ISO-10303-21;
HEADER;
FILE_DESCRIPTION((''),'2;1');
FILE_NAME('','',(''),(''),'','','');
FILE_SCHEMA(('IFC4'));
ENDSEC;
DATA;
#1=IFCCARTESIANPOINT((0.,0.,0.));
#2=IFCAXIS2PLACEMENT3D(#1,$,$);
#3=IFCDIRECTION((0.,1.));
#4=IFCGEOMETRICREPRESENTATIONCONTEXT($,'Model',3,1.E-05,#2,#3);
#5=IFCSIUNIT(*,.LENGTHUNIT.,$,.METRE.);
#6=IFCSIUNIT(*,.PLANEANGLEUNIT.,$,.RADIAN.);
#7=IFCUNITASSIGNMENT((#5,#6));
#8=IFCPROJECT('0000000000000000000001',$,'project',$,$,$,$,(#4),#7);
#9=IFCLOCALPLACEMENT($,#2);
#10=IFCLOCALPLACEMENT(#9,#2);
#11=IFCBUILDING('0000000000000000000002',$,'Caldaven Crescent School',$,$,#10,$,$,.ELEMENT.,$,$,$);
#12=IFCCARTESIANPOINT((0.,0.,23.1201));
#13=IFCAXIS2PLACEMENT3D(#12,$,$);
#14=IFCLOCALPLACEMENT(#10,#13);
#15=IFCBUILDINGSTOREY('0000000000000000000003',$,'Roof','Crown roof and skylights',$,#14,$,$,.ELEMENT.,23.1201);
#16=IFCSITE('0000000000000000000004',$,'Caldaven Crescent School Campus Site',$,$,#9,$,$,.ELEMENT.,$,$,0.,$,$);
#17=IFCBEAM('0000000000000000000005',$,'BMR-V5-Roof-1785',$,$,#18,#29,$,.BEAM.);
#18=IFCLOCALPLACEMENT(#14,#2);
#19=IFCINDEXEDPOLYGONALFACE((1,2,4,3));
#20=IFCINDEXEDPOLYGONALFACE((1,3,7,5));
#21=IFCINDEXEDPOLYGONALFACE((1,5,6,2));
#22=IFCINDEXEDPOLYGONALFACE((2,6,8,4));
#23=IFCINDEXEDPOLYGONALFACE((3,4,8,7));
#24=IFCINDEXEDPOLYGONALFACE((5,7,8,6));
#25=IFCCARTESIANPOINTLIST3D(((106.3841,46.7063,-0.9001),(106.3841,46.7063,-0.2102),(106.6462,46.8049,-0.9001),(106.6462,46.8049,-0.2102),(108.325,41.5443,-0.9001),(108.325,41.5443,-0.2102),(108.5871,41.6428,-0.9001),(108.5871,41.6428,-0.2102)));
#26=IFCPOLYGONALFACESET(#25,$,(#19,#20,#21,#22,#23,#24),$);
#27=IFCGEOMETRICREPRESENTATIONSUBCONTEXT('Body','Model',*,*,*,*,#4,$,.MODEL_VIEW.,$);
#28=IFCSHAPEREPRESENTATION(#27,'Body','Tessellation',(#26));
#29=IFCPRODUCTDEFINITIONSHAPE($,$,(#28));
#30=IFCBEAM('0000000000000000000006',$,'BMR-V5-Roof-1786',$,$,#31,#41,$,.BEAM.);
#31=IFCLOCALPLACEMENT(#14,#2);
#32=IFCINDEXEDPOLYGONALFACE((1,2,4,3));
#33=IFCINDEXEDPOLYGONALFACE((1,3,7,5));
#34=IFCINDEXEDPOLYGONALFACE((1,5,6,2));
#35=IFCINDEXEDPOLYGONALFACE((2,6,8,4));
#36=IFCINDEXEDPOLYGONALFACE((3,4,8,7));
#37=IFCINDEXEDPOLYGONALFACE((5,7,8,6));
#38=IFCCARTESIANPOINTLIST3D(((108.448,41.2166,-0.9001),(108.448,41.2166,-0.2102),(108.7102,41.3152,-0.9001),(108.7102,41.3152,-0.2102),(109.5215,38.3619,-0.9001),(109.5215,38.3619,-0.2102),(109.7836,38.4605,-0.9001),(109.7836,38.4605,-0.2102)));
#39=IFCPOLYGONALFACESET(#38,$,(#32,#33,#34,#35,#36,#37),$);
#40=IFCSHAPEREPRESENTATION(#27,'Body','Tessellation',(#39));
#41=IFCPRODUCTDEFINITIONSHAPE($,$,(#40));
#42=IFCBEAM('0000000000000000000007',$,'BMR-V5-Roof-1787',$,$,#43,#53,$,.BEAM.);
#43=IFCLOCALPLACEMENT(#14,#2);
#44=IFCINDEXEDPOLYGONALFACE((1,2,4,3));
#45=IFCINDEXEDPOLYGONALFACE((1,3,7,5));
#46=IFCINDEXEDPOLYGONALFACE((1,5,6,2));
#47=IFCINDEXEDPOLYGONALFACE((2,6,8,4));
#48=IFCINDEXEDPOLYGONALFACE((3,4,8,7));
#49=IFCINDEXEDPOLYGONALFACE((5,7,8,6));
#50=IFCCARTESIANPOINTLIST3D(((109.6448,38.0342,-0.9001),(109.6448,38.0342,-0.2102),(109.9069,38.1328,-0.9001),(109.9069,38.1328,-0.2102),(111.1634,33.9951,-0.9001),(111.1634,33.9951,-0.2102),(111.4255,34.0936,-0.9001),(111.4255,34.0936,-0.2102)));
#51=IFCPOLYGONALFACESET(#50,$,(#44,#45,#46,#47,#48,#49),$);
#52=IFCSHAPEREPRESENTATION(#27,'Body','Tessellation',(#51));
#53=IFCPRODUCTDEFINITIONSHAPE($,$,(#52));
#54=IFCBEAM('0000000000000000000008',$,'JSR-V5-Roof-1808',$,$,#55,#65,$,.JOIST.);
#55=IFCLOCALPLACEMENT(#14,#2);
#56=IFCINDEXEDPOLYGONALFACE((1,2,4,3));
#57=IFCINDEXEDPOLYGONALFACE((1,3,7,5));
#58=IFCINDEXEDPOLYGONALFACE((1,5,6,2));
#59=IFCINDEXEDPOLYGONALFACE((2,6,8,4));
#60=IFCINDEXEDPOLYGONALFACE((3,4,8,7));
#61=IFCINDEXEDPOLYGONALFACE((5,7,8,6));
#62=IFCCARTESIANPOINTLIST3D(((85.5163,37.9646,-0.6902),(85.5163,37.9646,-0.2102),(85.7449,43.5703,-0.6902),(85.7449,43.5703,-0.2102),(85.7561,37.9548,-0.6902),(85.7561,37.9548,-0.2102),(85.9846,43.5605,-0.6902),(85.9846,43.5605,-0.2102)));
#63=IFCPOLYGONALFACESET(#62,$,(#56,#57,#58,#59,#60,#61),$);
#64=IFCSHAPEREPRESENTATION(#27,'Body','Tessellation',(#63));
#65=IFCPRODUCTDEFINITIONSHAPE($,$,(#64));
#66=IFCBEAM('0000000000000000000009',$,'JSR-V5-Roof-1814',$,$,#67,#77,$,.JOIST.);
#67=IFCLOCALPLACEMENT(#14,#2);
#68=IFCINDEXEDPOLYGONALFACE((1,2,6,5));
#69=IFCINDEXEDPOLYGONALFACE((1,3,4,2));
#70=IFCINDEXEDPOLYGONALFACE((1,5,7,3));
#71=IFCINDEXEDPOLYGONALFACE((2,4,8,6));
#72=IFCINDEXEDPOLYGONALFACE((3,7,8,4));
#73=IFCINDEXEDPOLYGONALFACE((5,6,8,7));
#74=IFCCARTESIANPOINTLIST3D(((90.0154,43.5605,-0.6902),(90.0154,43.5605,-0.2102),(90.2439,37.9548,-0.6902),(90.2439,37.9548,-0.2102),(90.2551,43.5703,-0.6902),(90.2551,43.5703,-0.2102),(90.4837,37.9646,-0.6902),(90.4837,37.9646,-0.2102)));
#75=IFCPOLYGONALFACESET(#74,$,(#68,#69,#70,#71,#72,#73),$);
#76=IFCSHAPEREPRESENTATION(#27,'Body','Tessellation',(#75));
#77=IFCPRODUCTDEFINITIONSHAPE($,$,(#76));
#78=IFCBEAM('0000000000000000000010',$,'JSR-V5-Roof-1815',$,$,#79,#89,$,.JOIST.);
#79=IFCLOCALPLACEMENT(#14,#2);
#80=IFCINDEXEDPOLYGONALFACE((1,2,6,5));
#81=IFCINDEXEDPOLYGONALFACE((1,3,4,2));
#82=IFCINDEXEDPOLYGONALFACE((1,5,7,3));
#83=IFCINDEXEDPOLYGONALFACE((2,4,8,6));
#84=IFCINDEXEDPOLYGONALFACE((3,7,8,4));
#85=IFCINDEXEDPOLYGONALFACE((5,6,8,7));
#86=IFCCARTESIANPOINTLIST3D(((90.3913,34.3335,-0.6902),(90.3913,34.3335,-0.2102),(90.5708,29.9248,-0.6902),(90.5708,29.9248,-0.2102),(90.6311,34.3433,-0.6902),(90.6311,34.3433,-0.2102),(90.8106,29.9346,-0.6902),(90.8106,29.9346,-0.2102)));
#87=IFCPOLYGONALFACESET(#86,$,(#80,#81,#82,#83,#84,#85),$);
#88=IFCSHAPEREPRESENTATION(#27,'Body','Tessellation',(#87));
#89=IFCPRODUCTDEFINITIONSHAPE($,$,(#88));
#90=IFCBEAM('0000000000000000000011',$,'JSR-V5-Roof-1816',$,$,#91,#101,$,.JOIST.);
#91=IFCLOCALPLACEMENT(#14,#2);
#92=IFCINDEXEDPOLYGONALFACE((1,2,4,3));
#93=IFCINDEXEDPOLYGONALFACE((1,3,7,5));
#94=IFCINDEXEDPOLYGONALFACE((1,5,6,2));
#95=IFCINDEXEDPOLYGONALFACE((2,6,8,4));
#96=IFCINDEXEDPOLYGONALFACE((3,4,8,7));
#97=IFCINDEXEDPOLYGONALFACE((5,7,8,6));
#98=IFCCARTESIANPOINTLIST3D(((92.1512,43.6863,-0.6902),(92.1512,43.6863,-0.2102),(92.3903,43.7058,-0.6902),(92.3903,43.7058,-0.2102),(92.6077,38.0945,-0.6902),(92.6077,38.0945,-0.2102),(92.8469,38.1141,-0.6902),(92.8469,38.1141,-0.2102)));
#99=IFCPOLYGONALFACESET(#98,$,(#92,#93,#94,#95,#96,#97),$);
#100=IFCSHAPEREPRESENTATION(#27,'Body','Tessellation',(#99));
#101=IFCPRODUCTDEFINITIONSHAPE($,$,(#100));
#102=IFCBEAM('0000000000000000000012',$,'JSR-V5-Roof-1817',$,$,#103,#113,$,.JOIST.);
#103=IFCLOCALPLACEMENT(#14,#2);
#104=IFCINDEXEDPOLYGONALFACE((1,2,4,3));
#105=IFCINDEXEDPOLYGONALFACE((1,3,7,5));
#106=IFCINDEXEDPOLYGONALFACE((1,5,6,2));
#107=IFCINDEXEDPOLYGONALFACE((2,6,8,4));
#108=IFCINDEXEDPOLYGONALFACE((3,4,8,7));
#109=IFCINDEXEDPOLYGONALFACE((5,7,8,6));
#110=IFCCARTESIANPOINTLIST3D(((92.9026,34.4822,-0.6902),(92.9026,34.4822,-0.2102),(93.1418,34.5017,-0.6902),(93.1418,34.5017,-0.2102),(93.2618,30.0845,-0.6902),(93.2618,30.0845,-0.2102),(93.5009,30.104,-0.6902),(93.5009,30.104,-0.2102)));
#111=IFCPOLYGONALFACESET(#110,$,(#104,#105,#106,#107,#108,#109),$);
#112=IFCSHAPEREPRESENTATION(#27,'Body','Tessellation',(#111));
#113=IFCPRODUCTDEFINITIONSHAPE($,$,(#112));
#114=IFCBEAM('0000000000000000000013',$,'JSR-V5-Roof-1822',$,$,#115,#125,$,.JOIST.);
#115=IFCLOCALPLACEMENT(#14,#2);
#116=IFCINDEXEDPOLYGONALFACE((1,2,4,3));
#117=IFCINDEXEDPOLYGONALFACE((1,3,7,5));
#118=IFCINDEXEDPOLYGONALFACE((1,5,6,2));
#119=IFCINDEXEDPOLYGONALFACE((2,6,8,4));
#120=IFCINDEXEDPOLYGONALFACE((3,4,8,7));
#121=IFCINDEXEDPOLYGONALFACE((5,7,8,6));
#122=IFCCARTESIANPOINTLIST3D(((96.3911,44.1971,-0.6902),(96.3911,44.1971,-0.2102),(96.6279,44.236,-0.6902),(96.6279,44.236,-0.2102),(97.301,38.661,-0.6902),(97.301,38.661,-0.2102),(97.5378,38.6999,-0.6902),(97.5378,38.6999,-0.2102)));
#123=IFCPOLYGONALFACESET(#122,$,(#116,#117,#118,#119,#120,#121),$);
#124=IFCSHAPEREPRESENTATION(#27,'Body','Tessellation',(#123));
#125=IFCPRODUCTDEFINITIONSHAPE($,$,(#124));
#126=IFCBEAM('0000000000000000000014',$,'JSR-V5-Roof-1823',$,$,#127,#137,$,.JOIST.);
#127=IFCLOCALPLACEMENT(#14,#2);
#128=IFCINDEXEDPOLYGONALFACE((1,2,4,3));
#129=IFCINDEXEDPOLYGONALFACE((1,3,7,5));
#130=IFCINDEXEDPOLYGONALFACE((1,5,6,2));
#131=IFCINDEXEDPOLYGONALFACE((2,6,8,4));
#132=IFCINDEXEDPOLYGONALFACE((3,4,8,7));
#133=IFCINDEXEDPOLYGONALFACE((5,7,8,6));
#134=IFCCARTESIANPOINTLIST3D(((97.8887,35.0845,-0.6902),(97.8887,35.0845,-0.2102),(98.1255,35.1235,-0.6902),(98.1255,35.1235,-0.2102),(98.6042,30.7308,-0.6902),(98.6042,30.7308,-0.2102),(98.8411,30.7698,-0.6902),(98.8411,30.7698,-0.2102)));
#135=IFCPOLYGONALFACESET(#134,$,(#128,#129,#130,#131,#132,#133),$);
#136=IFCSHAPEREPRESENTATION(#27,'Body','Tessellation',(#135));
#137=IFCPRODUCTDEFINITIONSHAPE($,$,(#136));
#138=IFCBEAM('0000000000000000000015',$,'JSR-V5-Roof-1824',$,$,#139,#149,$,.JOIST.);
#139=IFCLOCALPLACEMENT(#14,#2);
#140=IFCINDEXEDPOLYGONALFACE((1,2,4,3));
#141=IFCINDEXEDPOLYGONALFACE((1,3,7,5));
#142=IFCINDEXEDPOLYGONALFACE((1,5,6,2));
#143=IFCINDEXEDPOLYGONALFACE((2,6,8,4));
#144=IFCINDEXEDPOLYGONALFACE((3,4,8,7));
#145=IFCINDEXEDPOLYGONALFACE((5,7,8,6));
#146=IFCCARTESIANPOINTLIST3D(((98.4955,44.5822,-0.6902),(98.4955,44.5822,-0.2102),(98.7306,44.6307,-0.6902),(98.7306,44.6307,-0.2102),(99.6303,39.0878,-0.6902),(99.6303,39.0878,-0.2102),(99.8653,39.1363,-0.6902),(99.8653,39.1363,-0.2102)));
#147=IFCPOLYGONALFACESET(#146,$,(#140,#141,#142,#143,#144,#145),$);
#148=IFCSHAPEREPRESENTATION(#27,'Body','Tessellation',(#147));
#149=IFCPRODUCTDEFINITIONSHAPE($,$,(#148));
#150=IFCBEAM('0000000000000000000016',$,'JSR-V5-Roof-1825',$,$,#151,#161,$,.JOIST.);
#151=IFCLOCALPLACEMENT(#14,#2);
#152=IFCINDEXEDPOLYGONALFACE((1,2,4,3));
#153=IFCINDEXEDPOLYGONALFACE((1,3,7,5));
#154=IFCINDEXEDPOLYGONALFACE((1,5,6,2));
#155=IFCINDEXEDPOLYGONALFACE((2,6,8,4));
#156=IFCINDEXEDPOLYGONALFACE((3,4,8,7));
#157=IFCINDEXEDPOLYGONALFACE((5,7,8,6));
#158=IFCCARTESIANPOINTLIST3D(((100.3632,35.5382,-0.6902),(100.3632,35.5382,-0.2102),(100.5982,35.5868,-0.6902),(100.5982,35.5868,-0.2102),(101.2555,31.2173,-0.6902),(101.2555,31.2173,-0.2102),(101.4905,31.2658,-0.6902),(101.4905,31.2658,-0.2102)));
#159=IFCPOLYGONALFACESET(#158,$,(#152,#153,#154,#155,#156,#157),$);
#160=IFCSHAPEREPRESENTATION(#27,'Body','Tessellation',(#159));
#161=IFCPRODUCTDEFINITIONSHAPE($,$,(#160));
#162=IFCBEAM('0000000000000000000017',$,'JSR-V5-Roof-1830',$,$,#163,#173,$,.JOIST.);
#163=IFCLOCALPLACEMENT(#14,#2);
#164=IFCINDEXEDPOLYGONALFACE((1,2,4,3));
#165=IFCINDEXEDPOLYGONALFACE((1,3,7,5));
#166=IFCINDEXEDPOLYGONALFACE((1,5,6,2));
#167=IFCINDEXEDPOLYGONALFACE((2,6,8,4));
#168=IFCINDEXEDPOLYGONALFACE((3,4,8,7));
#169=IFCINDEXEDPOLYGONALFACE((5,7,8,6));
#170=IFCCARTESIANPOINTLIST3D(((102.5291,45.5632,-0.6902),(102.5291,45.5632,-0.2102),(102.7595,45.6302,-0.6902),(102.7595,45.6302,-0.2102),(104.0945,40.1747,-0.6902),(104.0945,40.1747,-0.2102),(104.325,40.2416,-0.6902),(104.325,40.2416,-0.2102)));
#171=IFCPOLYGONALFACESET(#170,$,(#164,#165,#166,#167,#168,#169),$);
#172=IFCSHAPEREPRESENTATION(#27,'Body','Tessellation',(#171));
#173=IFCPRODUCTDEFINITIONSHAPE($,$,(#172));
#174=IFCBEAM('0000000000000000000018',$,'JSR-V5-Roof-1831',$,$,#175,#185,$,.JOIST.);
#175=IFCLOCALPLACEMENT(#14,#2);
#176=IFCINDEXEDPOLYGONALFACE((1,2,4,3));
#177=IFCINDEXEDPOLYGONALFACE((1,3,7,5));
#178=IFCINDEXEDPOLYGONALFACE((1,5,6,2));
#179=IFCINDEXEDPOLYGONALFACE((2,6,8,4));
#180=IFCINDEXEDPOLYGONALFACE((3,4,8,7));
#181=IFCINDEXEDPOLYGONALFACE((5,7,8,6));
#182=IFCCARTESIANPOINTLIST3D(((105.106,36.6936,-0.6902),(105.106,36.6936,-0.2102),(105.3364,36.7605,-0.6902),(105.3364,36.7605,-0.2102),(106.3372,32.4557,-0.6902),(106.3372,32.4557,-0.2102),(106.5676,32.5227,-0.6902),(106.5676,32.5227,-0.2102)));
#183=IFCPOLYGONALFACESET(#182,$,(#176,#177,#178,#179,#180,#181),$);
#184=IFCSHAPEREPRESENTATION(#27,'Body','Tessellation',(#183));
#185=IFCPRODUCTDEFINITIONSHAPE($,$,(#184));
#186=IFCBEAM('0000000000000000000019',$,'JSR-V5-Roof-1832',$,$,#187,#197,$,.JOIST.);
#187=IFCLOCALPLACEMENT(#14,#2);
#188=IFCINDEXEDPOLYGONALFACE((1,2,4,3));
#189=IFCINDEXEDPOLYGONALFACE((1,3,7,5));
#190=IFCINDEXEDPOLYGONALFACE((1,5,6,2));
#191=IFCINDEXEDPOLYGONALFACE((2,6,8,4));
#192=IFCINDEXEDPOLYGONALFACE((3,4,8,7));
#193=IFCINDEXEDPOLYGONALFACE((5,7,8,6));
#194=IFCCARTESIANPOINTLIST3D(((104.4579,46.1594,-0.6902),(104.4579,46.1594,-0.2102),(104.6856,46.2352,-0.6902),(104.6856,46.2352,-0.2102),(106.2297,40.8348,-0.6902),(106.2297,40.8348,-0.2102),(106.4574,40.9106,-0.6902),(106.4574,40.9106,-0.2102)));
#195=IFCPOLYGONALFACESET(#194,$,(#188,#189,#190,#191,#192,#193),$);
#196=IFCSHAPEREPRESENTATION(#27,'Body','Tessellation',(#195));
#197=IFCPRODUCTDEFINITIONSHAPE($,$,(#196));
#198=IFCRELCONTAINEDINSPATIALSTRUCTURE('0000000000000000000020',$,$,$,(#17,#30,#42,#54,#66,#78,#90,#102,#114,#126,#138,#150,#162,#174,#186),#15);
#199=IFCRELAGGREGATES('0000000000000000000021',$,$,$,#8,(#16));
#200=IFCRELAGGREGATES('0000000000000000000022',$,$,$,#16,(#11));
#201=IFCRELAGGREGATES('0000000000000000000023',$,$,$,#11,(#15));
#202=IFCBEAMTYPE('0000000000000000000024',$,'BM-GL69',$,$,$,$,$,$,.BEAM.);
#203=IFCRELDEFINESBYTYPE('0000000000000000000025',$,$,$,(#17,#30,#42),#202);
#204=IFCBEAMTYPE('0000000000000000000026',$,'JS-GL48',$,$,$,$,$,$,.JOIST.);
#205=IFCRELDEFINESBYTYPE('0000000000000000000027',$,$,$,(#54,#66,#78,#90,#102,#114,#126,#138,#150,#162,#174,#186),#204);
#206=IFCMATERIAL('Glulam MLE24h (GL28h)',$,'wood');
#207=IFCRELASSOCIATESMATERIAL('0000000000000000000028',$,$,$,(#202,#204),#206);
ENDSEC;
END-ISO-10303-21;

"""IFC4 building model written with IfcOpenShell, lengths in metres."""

from ifc_helpers import new_model, si_unit, direction, frame, origin, origin_2d, place, context, subcontext, project, spatial, rectangle, extrude, material, material_profile, profile_set, type_object, element, save


model = new_model("IFC4")

# Units and contexts
model_context = context("Model", 3, precision=1e-05, world=origin(), true_north=direction((0.0, 1.0)))
body_context = subcontext(model_context, "Body", "Model", "MODEL_VIEW")
ifc_project = project(units=[si_unit("LENGTHUNIT", "METRE"), si_unit("PLANEANGLEUNIT", "RADIAN")], contexts=[model_context])

# Site, building, storey
site_placement = place(None, origin())
site = spatial("IfcSite", under=ifc_project, at=site_placement, Name="Caldaven Crescent School Campus Site", CompositionType="ELEMENT", RefElevation=0.0)
building_placement = place(site_placement, origin())
building = spatial("IfcBuilding", under=site, at=building_placement, Name="Caldaven Crescent School", CompositionType="ELEMENT")
storey_placement = place(building_placement, frame((0.0, 0.0, 23.1201)))
storey = spatial("IfcBuildingStorey", under=building, at=storey_placement, Name="Roof", Description="Crown roof and skylights", CompositionType="ELEMENT", Elevation=23.1201)

# Beams
ifc_material = material(Name="Glulam MLE24h (GL28h)", Category="wood")
ifc_material_profile_1 = material_profile(ifc_material, rectangle(XDim=0.28, YDim=0.6899, at=origin_2d()), Name="MLE 280x690")
ifc_profile_set_1 = profile_set([ifc_material_profile_1], Name="Glulam MLE24h (GL28h)")
beam_type_1 = type_object("IfcBeamType", Name="BM-GL69", PredefinedType="BEAM", material=ifc_profile_set_1)
beam_1_placement = place(storey_placement, frame((106.5151, 46.7556, -0.5552), z_axis=(0.351938, -0.936023, 0.0), x_axis=(0.936023, 0.351938, 0.0)))
element("IfcBeam", 1, at=beam_1_placement, inside=storey, type_object=beam_type_1, Name="BMR-V5-Roof-1785", PredefinedType="BEAM", context=body_context, shape_type="SweptSolid", body=[
    extrude(rectangle(XDim=0.28, YDim=0.6899, at=origin_2d()), origin(), (0.0, 0.0, 1.0), 5.5149),
])
beam_2_placement = place(storey_placement, frame((108.5791, 41.2659, -0.5552), z_axis=(0.351974, -0.93601, 0.0), x_axis=(0.93601, 0.351974, 0.0)))
element("IfcBeam", 2, at=beam_2_placement, inside=storey, type_object=beam_type_1, Name="BMR-V5-Roof-1786", PredefinedType="BEAM", context=body_context, shape_type="SweptSolid", body=[
    extrude(rectangle(XDim=0.28, YDim=0.6899, at=origin_2d()), origin(), (0.0, 0.0, 1.0), 3.0498),
])
beam_3_placement = place(storey_placement, frame((109.7759, 38.0835, -0.5552), z_axis=(0.351917, -0.936031, 0.0), x_axis=(0.936031, 0.351917, 0.0)))
element("IfcBeam", 3, at=beam_3_placement, inside=storey, type_object=beam_type_1, Name="BMR-V5-Roof-1787", PredefinedType="BEAM", context=body_context, shape_type="SweptSolid", body=[
    extrude(rectangle(XDim=0.28, YDim=0.6899, at=origin_2d()), origin(), (0.0, 0.0, 1.0), 4.3152),
])
ifc_material_profile_2 = material_profile(ifc_material, rectangle(XDim=0.24, YDim=0.48, at=origin_2d()), Name="MLE 240x480")
ifc_profile_set_2 = profile_set([ifc_material_profile_2], Name="Glulam MLE24h (GL28h)")
beam_type_2 = type_object("IfcBeamType", Name="JS-GL48", PredefinedType="JOIST", material=ifc_profile_set_2)
for number, where, z_axis, x_axis, name in (
    (4, (85.8647, 43.5654, -0.4502), (-0.040731, -0.99917, 0.0), (0.99917, -0.040731, 0.0), "JSR-V5-Roof-1808"),
    (5, (90.1353, 43.5654, -0.4502), (0.040731, -0.99917, 0.0), (0.99917, 0.040731, 0.0), "JSR-V5-Roof-1814"),
):
    element("IfcBeam", number, at=place(storey_placement, frame(where, z_axis=z_axis, x_axis=x_axis)), inside=storey, type_object=beam_type_2, Name=name, PredefinedType="JOIST", context=body_context, shape_type="SweptSolid", body=[
        extrude(rectangle(XDim=0.24, YDim=0.48, at=origin_2d()), origin(), (0.0, 0.0, 1.0), 5.6104),
    ])
beam_4_placement = place(storey_placement, frame((90.5112, 34.3384, -0.4502), z_axis=(0.040669, -0.999173, 0.0), x_axis=(0.999173, 0.040669, 0.0)))
element("IfcBeam", 6, at=beam_4_placement, inside=storey, type_object=beam_type_2, Name="JSR-V5-Roof-1815", PredefinedType="JOIST", context=body_context, shape_type="SweptSolid", body=[
    extrude(rectangle(XDim=0.24, YDim=0.48, at=origin_2d()), origin(), (0.0, 0.0, 1.0), 4.4124),
])
beam_5_placement = place(storey_placement, frame((92.2708, 43.696, -0.4502), z_axis=(0.081374, -0.996684, 0.0), x_axis=(0.996684, 0.081374, 0.0)))
element("IfcBeam", 7, at=beam_5_placement, inside=storey, type_object=beam_type_2, Name="JSR-V5-Roof-1816", PredefinedType="JOIST", context=body_context, shape_type="SweptSolid", body=[
    extrude(rectangle(XDim=0.24, YDim=0.48, at=origin_2d()), origin(), (0.0, 0.0, 1.0), 5.6104),
])
beam_6_placement = place(storey_placement, frame((93.0222, 34.4919, -0.4502), z_axis=(0.081392, -0.996682, 0.0), x_axis=(0.996682, 0.081392, 0.0)))
element("IfcBeam", 8, at=beam_6_placement, inside=storey, type_object=beam_type_2, Name="JSR-V5-Roof-1817", PredefinedType="JOIST", context=body_context, shape_type="SweptSolid", body=[
    extrude(rectangle(XDim=0.24, YDim=0.48, at=origin_2d()), origin(), (0.0, 0.0, 1.0), 4.4124),
])
beam_7_placement = place(storey_placement, frame((96.5095, 44.2166, -0.4502), z_axis=(0.162183, -0.986761, 0.0), x_axis=(0.986761, 0.162183, 0.0)))
element("IfcBeam", 9, at=beam_7_placement, inside=storey, type_object=beam_type_2, Name="JSR-V5-Roof-1822", PredefinedType="JOIST", context=body_context, shape_type="SweptSolid", body=[
    extrude(rectangle(XDim=0.24, YDim=0.48, at=origin_2d()), origin(), (0.0, 0.0, 1.0), 5.6104),
])
beam_8_placement = place(storey_placement, frame((98.0071, 35.104, -0.4502), z_axis=(0.162182, -0.986761, 0.0), x_axis=(0.986761, 0.162182, 0.0)))
element("IfcBeam", 10, at=beam_8_placement, inside=storey, type_object=beam_type_2, Name="JSR-V5-Roof-1823", PredefinedType="JOIST", context=body_context, shape_type="SweptSolid", body=[
    extrude(rectangle(XDim=0.24, YDim=0.48, at=origin_2d()), origin(), (0.0, 0.0, 1.0), 4.4121),
])
beam_9_placement = place(storey_placement, frame((98.613, 44.6064, -0.4502), z_axis=(0.202263, -0.979331, 0.0), x_axis=(0.979331, 0.202263, 0.0)))
element("IfcBeam", 11, at=beam_9_placement, inside=storey, type_object=beam_type_2, Name="JSR-V5-Roof-1824", PredefinedType="JOIST", context=body_context, shape_type="SweptSolid", body=[
    extrude(rectangle(XDim=0.24, YDim=0.48, at=origin_2d()), origin(), (0.0, 0.0, 1.0), 5.6104),
])
beam_10_placement = place(storey_placement, frame((100.4807, 35.5625, -0.4502), z_axis=(0.202241, -0.979336, 0.0), x_axis=(0.979336, 0.202241, 0.0)))
element("IfcBeam", 12, at=beam_10_placement, inside=storey, type_object=beam_type_2, Name="JSR-V5-Roof-1825", PredefinedType="JOIST", context=body_context, shape_type="SweptSolid", body=[
    extrude(rectangle(XDim=0.24, YDim=0.48, at=origin_2d()), origin(), (0.0, 0.0, 1.0), 4.4121),
])
beam_11_placement = place(storey_placement, frame((102.6443, 45.5967, -0.4502), z_axis=(0.278982, -0.960296, 0.0), x_axis=(0.960296, 0.278982, 0.0)))
element("IfcBeam", 13, at=beam_11_placement, inside=storey, type_object=beam_type_2, Name="JSR-V5-Roof-1830", PredefinedType="JOIST", context=body_context, shape_type="SweptSolid", body=[
    extrude(rectangle(XDim=0.24, YDim=0.48, at=origin_2d()), origin(), (0.0, 0.0, 1.0), 5.6113),
])
beam_12_placement = place(storey_placement, frame((105.2212, 36.7271, -0.4502), z_axis=(0.278993, -0.960293, 0.0), x_axis=(0.960293, 0.278993, 0.0)))
element("IfcBeam", 14, at=beam_12_placement, inside=storey, type_object=beam_type_2, Name="JSR-V5-Roof-1831", PredefinedType="JOIST", context=body_context, shape_type="SweptSolid", body=[
    extrude(rectangle(XDim=0.24, YDim=0.48, at=origin_2d()), origin(), (0.0, 0.0, 1.0), 4.4131),
])
beam_13_placement = place(storey_placement, frame((104.5718, 46.1973, -0.4502), z_axis=(0.315732, -0.948848, 0.0), x_axis=(0.948848, 0.315732, 0.0)))
element("IfcBeam", 15, at=beam_13_placement, inside=storey, type_object=beam_type_2, Name="JSR-V5-Roof-1832", PredefinedType="JOIST", context=body_context, shape_type="SweptSolid", body=[
    extrude(rectangle(XDim=0.24, YDim=0.48, at=origin_2d()), origin(), (0.0, 0.0, 1.0), 5.6116),
])

save(model, "model.ifc")
